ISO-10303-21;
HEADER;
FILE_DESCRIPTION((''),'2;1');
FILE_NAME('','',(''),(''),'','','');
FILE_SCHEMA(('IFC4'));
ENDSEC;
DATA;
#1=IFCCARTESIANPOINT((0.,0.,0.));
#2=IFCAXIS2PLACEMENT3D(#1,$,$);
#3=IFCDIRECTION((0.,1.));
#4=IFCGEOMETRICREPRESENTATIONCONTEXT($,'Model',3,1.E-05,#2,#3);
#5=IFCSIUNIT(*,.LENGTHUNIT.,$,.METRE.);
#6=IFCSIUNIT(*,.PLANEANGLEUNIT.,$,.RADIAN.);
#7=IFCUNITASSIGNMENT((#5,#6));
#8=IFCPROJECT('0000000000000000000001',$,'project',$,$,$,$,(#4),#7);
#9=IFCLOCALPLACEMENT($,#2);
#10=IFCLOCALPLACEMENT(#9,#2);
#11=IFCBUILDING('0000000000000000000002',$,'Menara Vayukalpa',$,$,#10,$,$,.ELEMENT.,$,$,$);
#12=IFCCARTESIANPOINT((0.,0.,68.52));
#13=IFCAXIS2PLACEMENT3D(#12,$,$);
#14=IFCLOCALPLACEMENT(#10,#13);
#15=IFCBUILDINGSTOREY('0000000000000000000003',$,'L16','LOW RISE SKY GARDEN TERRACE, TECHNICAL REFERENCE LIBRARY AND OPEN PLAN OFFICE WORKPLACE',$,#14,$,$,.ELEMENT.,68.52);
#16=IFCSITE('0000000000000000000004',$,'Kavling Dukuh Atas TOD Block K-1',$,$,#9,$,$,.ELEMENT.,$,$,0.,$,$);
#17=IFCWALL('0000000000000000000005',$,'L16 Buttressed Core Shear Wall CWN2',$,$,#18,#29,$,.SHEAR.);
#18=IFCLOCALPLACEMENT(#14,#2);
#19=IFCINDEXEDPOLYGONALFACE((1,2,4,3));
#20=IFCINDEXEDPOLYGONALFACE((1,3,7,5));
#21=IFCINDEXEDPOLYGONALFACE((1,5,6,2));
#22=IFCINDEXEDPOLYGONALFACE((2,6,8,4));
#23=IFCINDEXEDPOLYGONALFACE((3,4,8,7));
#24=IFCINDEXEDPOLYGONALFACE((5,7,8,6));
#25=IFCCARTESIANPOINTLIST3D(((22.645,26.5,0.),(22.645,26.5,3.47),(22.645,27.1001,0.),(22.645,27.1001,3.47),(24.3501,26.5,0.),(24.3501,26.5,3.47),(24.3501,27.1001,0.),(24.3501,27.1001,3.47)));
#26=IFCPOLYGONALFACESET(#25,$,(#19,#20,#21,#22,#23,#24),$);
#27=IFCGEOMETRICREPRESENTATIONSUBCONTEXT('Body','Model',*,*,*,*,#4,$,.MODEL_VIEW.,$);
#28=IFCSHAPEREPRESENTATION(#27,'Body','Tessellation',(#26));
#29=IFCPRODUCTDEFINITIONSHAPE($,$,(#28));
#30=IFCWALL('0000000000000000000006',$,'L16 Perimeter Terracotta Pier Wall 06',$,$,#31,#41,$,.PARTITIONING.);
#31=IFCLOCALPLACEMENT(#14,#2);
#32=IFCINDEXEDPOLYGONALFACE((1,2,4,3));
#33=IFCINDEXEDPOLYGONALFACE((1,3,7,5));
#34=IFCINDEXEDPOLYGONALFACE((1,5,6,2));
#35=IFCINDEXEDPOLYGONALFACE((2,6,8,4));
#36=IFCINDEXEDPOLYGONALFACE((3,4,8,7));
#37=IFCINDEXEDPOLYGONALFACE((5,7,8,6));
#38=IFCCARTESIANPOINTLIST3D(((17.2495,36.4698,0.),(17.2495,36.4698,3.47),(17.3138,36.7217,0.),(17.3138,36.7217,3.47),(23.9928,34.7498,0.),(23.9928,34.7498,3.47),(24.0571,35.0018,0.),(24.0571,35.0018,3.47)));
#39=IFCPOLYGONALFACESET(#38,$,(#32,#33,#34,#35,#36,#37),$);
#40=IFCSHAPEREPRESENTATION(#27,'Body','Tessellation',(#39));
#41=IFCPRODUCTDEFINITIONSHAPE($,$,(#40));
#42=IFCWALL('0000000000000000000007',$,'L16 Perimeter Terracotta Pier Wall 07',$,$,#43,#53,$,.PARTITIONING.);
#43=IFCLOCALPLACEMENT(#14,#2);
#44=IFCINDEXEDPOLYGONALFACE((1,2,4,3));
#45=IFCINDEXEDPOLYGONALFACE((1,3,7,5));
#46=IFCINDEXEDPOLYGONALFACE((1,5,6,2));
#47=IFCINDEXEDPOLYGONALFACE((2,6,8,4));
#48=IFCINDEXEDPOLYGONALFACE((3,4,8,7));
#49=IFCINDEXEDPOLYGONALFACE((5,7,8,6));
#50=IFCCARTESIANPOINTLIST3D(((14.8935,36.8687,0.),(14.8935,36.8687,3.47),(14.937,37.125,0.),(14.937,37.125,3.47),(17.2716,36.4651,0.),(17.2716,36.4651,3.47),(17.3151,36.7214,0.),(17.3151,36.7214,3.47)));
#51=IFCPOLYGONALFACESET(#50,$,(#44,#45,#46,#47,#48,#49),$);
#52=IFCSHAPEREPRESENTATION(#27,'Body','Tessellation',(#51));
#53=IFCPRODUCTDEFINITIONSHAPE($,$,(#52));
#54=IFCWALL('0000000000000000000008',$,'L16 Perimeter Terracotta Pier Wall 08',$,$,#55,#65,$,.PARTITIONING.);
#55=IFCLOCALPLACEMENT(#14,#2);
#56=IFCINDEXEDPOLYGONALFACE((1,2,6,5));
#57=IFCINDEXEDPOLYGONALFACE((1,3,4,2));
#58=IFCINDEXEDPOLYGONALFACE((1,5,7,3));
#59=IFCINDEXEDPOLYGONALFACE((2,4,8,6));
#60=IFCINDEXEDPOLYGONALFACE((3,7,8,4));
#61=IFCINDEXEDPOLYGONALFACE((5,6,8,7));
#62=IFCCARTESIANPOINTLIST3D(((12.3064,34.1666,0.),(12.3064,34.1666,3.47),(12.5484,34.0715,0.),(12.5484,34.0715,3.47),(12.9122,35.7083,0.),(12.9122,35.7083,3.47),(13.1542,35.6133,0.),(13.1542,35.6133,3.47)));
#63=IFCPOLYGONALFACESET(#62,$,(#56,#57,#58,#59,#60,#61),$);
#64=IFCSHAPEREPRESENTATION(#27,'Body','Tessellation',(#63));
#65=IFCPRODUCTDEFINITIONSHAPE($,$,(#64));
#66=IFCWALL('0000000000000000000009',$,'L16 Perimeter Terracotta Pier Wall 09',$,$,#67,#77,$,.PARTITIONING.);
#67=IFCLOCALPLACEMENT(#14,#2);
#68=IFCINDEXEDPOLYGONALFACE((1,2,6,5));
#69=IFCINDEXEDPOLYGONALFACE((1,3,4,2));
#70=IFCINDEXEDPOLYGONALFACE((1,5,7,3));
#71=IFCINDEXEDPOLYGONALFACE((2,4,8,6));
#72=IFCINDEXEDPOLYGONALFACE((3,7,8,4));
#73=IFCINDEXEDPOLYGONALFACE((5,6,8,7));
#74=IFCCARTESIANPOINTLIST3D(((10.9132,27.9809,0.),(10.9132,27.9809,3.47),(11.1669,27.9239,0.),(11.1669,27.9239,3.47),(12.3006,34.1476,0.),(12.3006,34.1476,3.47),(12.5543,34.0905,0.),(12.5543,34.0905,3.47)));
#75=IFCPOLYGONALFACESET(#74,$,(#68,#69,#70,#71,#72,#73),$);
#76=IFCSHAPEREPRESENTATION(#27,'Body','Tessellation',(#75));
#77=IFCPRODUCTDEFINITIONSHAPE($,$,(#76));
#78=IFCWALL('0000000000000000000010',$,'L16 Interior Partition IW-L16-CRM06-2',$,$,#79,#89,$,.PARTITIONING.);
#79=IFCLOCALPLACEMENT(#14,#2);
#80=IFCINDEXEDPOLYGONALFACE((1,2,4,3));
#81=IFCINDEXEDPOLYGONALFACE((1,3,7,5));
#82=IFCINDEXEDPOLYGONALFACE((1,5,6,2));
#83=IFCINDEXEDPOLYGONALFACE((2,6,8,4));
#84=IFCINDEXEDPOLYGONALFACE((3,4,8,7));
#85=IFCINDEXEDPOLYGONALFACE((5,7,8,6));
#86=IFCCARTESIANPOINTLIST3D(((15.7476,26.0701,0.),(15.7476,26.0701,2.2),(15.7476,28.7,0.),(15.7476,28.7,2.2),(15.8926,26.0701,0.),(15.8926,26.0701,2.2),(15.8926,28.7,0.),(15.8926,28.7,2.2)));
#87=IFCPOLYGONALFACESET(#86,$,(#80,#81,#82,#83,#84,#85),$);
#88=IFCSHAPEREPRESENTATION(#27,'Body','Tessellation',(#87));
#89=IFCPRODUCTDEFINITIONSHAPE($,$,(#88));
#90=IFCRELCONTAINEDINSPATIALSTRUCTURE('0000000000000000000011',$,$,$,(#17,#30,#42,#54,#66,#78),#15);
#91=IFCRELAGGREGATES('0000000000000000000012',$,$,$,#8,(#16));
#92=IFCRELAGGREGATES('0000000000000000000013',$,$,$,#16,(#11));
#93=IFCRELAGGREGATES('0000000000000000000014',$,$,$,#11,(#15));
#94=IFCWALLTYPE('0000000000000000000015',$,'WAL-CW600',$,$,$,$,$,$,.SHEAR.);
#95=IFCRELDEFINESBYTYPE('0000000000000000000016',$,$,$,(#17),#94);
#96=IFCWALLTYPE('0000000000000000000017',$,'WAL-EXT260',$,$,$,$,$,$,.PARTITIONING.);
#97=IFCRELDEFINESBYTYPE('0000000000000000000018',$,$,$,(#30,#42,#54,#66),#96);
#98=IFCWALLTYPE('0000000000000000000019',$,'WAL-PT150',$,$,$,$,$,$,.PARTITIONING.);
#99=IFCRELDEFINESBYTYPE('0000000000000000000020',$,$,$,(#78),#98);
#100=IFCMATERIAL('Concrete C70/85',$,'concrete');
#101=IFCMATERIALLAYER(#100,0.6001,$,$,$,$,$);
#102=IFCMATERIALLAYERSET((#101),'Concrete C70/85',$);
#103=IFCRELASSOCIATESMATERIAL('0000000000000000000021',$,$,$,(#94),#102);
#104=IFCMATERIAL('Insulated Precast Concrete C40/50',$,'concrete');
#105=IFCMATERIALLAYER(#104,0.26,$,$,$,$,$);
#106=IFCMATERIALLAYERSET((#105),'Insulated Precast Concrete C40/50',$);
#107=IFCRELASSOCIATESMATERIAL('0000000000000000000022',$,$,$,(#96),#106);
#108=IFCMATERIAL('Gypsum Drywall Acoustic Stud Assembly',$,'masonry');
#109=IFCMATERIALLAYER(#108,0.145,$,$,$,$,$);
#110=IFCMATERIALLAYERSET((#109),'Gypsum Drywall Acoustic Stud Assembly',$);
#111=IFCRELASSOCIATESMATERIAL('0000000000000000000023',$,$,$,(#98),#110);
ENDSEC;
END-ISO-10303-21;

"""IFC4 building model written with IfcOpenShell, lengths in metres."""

from ifc_helpers import new_model, si_unit, direction, frame, frame_2d, origin, place, context, subcontext, project, spatial, rectangle, extrude, material, layer, layer_set, type_object, element, save


model = new_model("IFC4")

# Units and contexts
model_context = context("Model", 3, precision=1e-05, world=origin(), true_north=direction((0.0, 1.0)))
body_context = subcontext(model_context, "Body", "Model", "MODEL_VIEW")
ifc_project = project(units=[si_unit("LENGTHUNIT", "METRE"), si_unit("PLANEANGLEUNIT", "RADIAN")], contexts=[model_context])

# Site, building, storey
site_placement = place(None, origin())
site = spatial("IfcSite", under=ifc_project, at=site_placement, Name="Kavling Dukuh Atas TOD Block K-1", CompositionType="ELEMENT", RefElevation=0.0)
building_placement = place(site_placement, origin())
building = spatial("IfcBuilding", under=site, at=building_placement, Name="Menara Vayukalpa", CompositionType="ELEMENT")
storey_placement = place(building_placement, frame((0.0, 0.0, 68.52)))
storey = spatial("IfcBuildingStorey", under=building, at=storey_placement, Name="L16", Description="LOW RISE SKY GARDEN TERRACE, TECHNICAL REFERENCE LIBRARY AND OPEN PLAN OFFICE WORKPLACE", CompositionType="ELEMENT", Elevation=68.52)

# Walls
ifc_material_1 = material(Name="Concrete C70/85", Category="concrete")
ifc_layer_1 = layer(ifc_material_1, 0.6001)
ifc_layer_set_1 = layer_set([ifc_layer_1], Name="Concrete C70/85")
wall_type_1 = type_object("IfcWallType", Name="WAL-CW600", PredefinedType="SHEAR", material=ifc_layer_set_1)
wall_1_placement = place(storey_placement, frame((22.645, 26.8, 0.0), z_axis=(0.0, 0.0, 1.0), x_axis=(1.0, 0.0, 0.0)))
element("IfcWall", 1, at=wall_1_placement, inside=storey, type_object=wall_type_1, Name="L16 Buttressed Core Shear Wall CWN2", PredefinedType="SHEAR", context=body_context, shape_type="SweptSolid", body=[
    extrude(rectangle(XDim=1.7051, YDim=0.6001, at=frame_2d((0.8525, 0.0))), origin(), (0.0, 0.0, 1.0), 3.47),
])
ifc_material_2 = material(Name="Insulated Precast Concrete C40/50", Category="concrete")
ifc_layer_2 = layer(ifc_material_2, 0.26)
ifc_layer_set_2 = layer_set([ifc_layer_2], Name="Insulated Precast Concrete C40/50")
wall_type_2 = type_object("IfcWallType", Name="WAL-EXT260", PredefinedType="PARTITIONING", material=ifc_layer_set_2)
wall_2_placement = place(storey_placement, frame((17.2817, 36.5957, 0.0), z_axis=(0.0, 0.0, 1.0), x_axis=(0.968978, -0.247147, 0.0)))
element("IfcWall", 2, at=wall_2_placement, inside=storey, type_object=wall_type_2, Name="L16 Perimeter Terracotta Pier Wall 06", PredefinedType="PARTITIONING", context=body_context, shape_type="SweptSolid", body=[
    extrude(rectangle(XDim=6.9592, YDim=0.26, at=frame_2d((3.4795, 0.0))), origin(), (0.0, 0.0, 1.0), 3.47),
])
wall_3_placement = place(storey_placement, frame((14.9153, 36.9968, 0.0), z_axis=(0.0, 0.0, 1.0), x_axis=(0.985905, -0.167303, 0.0)))
element("IfcWall", 3, at=wall_3_placement, inside=storey, type_object=wall_type_2, Name="L16 Perimeter Terracotta Pier Wall 07", PredefinedType="PARTITIONING", context=body_context, shape_type="SweptSolid", body=[
    extrude(rectangle(XDim=2.4121, YDim=0.26, at=frame_2d((1.2061, 0.0))), origin(), (0.0, 0.0, 1.0), 3.47),
])
wall_4_placement = place(storey_placement, frame((12.4275, 34.1191, 0.0), z_axis=(0.0, 0.0, 1.0), x_axis=(0.365666, 0.930746, 0.0)))
element("IfcWall", 4, at=wall_4_placement, inside=storey, type_object=wall_type_2, Name="L16 Perimeter Terracotta Pier Wall 08", PredefinedType="PARTITIONING", context=body_context, shape_type="SweptSolid", body=[
    extrude(rectangle(XDim=1.6565, YDim=0.26, at=frame_2d((0.8281, 0.0))), origin(), (0.0, 0.0, 1.0), 3.47),
])
wall_5_placement = place(storey_placement, frame((11.04, 27.9524, 0.0), z_axis=(0.0, 0.0, 1.0), x_axis=(0.219502, 0.975612, 0.0)))
element("IfcWall", 5, at=wall_5_placement, inside=storey, type_object=wall_type_2, Name="L16 Perimeter Terracotta Pier Wall 09", PredefinedType="PARTITIONING", context=body_context, shape_type="SweptSolid", body=[
    extrude(rectangle(XDim=6.3208, YDim=0.26, at=frame_2d((3.1604, 0.0))), origin(), (0.0, 0.0, 1.0), 3.47),
])
ifc_material_3 = material(Name="Gypsum Drywall Acoustic Stud Assembly", Category="masonry")
ifc_layer_3 = layer(ifc_material_3, 0.145)
ifc_layer_set_3 = layer_set([ifc_layer_3], Name="Gypsum Drywall Acoustic Stud Assembly")
wall_type_3 = type_object("IfcWallType", Name="WAL-PT150", PredefinedType="PARTITIONING", material=ifc_layer_set_3)
wall_6_placement = place(storey_placement, frame((15.8201, 28.7, 0.0), z_axis=(0.0, 0.0, 1.0), x_axis=(0.0, -1.0, 0.0)))
element("IfcWall", 6, at=wall_6_placement, inside=storey, type_object=wall_type_3, Name="L16 Interior Partition IW-L16-CRM06-2", PredefinedType="PARTITIONING", context=body_context, shape_type="SweptSolid", body=[
    extrude(rectangle(XDim=2.6299, YDim=0.145, at=frame_2d((1.3149, 0.0))), origin(), (0.0, 0.0, 1.0), 2.2),
])

save(model, "model.ifc")
